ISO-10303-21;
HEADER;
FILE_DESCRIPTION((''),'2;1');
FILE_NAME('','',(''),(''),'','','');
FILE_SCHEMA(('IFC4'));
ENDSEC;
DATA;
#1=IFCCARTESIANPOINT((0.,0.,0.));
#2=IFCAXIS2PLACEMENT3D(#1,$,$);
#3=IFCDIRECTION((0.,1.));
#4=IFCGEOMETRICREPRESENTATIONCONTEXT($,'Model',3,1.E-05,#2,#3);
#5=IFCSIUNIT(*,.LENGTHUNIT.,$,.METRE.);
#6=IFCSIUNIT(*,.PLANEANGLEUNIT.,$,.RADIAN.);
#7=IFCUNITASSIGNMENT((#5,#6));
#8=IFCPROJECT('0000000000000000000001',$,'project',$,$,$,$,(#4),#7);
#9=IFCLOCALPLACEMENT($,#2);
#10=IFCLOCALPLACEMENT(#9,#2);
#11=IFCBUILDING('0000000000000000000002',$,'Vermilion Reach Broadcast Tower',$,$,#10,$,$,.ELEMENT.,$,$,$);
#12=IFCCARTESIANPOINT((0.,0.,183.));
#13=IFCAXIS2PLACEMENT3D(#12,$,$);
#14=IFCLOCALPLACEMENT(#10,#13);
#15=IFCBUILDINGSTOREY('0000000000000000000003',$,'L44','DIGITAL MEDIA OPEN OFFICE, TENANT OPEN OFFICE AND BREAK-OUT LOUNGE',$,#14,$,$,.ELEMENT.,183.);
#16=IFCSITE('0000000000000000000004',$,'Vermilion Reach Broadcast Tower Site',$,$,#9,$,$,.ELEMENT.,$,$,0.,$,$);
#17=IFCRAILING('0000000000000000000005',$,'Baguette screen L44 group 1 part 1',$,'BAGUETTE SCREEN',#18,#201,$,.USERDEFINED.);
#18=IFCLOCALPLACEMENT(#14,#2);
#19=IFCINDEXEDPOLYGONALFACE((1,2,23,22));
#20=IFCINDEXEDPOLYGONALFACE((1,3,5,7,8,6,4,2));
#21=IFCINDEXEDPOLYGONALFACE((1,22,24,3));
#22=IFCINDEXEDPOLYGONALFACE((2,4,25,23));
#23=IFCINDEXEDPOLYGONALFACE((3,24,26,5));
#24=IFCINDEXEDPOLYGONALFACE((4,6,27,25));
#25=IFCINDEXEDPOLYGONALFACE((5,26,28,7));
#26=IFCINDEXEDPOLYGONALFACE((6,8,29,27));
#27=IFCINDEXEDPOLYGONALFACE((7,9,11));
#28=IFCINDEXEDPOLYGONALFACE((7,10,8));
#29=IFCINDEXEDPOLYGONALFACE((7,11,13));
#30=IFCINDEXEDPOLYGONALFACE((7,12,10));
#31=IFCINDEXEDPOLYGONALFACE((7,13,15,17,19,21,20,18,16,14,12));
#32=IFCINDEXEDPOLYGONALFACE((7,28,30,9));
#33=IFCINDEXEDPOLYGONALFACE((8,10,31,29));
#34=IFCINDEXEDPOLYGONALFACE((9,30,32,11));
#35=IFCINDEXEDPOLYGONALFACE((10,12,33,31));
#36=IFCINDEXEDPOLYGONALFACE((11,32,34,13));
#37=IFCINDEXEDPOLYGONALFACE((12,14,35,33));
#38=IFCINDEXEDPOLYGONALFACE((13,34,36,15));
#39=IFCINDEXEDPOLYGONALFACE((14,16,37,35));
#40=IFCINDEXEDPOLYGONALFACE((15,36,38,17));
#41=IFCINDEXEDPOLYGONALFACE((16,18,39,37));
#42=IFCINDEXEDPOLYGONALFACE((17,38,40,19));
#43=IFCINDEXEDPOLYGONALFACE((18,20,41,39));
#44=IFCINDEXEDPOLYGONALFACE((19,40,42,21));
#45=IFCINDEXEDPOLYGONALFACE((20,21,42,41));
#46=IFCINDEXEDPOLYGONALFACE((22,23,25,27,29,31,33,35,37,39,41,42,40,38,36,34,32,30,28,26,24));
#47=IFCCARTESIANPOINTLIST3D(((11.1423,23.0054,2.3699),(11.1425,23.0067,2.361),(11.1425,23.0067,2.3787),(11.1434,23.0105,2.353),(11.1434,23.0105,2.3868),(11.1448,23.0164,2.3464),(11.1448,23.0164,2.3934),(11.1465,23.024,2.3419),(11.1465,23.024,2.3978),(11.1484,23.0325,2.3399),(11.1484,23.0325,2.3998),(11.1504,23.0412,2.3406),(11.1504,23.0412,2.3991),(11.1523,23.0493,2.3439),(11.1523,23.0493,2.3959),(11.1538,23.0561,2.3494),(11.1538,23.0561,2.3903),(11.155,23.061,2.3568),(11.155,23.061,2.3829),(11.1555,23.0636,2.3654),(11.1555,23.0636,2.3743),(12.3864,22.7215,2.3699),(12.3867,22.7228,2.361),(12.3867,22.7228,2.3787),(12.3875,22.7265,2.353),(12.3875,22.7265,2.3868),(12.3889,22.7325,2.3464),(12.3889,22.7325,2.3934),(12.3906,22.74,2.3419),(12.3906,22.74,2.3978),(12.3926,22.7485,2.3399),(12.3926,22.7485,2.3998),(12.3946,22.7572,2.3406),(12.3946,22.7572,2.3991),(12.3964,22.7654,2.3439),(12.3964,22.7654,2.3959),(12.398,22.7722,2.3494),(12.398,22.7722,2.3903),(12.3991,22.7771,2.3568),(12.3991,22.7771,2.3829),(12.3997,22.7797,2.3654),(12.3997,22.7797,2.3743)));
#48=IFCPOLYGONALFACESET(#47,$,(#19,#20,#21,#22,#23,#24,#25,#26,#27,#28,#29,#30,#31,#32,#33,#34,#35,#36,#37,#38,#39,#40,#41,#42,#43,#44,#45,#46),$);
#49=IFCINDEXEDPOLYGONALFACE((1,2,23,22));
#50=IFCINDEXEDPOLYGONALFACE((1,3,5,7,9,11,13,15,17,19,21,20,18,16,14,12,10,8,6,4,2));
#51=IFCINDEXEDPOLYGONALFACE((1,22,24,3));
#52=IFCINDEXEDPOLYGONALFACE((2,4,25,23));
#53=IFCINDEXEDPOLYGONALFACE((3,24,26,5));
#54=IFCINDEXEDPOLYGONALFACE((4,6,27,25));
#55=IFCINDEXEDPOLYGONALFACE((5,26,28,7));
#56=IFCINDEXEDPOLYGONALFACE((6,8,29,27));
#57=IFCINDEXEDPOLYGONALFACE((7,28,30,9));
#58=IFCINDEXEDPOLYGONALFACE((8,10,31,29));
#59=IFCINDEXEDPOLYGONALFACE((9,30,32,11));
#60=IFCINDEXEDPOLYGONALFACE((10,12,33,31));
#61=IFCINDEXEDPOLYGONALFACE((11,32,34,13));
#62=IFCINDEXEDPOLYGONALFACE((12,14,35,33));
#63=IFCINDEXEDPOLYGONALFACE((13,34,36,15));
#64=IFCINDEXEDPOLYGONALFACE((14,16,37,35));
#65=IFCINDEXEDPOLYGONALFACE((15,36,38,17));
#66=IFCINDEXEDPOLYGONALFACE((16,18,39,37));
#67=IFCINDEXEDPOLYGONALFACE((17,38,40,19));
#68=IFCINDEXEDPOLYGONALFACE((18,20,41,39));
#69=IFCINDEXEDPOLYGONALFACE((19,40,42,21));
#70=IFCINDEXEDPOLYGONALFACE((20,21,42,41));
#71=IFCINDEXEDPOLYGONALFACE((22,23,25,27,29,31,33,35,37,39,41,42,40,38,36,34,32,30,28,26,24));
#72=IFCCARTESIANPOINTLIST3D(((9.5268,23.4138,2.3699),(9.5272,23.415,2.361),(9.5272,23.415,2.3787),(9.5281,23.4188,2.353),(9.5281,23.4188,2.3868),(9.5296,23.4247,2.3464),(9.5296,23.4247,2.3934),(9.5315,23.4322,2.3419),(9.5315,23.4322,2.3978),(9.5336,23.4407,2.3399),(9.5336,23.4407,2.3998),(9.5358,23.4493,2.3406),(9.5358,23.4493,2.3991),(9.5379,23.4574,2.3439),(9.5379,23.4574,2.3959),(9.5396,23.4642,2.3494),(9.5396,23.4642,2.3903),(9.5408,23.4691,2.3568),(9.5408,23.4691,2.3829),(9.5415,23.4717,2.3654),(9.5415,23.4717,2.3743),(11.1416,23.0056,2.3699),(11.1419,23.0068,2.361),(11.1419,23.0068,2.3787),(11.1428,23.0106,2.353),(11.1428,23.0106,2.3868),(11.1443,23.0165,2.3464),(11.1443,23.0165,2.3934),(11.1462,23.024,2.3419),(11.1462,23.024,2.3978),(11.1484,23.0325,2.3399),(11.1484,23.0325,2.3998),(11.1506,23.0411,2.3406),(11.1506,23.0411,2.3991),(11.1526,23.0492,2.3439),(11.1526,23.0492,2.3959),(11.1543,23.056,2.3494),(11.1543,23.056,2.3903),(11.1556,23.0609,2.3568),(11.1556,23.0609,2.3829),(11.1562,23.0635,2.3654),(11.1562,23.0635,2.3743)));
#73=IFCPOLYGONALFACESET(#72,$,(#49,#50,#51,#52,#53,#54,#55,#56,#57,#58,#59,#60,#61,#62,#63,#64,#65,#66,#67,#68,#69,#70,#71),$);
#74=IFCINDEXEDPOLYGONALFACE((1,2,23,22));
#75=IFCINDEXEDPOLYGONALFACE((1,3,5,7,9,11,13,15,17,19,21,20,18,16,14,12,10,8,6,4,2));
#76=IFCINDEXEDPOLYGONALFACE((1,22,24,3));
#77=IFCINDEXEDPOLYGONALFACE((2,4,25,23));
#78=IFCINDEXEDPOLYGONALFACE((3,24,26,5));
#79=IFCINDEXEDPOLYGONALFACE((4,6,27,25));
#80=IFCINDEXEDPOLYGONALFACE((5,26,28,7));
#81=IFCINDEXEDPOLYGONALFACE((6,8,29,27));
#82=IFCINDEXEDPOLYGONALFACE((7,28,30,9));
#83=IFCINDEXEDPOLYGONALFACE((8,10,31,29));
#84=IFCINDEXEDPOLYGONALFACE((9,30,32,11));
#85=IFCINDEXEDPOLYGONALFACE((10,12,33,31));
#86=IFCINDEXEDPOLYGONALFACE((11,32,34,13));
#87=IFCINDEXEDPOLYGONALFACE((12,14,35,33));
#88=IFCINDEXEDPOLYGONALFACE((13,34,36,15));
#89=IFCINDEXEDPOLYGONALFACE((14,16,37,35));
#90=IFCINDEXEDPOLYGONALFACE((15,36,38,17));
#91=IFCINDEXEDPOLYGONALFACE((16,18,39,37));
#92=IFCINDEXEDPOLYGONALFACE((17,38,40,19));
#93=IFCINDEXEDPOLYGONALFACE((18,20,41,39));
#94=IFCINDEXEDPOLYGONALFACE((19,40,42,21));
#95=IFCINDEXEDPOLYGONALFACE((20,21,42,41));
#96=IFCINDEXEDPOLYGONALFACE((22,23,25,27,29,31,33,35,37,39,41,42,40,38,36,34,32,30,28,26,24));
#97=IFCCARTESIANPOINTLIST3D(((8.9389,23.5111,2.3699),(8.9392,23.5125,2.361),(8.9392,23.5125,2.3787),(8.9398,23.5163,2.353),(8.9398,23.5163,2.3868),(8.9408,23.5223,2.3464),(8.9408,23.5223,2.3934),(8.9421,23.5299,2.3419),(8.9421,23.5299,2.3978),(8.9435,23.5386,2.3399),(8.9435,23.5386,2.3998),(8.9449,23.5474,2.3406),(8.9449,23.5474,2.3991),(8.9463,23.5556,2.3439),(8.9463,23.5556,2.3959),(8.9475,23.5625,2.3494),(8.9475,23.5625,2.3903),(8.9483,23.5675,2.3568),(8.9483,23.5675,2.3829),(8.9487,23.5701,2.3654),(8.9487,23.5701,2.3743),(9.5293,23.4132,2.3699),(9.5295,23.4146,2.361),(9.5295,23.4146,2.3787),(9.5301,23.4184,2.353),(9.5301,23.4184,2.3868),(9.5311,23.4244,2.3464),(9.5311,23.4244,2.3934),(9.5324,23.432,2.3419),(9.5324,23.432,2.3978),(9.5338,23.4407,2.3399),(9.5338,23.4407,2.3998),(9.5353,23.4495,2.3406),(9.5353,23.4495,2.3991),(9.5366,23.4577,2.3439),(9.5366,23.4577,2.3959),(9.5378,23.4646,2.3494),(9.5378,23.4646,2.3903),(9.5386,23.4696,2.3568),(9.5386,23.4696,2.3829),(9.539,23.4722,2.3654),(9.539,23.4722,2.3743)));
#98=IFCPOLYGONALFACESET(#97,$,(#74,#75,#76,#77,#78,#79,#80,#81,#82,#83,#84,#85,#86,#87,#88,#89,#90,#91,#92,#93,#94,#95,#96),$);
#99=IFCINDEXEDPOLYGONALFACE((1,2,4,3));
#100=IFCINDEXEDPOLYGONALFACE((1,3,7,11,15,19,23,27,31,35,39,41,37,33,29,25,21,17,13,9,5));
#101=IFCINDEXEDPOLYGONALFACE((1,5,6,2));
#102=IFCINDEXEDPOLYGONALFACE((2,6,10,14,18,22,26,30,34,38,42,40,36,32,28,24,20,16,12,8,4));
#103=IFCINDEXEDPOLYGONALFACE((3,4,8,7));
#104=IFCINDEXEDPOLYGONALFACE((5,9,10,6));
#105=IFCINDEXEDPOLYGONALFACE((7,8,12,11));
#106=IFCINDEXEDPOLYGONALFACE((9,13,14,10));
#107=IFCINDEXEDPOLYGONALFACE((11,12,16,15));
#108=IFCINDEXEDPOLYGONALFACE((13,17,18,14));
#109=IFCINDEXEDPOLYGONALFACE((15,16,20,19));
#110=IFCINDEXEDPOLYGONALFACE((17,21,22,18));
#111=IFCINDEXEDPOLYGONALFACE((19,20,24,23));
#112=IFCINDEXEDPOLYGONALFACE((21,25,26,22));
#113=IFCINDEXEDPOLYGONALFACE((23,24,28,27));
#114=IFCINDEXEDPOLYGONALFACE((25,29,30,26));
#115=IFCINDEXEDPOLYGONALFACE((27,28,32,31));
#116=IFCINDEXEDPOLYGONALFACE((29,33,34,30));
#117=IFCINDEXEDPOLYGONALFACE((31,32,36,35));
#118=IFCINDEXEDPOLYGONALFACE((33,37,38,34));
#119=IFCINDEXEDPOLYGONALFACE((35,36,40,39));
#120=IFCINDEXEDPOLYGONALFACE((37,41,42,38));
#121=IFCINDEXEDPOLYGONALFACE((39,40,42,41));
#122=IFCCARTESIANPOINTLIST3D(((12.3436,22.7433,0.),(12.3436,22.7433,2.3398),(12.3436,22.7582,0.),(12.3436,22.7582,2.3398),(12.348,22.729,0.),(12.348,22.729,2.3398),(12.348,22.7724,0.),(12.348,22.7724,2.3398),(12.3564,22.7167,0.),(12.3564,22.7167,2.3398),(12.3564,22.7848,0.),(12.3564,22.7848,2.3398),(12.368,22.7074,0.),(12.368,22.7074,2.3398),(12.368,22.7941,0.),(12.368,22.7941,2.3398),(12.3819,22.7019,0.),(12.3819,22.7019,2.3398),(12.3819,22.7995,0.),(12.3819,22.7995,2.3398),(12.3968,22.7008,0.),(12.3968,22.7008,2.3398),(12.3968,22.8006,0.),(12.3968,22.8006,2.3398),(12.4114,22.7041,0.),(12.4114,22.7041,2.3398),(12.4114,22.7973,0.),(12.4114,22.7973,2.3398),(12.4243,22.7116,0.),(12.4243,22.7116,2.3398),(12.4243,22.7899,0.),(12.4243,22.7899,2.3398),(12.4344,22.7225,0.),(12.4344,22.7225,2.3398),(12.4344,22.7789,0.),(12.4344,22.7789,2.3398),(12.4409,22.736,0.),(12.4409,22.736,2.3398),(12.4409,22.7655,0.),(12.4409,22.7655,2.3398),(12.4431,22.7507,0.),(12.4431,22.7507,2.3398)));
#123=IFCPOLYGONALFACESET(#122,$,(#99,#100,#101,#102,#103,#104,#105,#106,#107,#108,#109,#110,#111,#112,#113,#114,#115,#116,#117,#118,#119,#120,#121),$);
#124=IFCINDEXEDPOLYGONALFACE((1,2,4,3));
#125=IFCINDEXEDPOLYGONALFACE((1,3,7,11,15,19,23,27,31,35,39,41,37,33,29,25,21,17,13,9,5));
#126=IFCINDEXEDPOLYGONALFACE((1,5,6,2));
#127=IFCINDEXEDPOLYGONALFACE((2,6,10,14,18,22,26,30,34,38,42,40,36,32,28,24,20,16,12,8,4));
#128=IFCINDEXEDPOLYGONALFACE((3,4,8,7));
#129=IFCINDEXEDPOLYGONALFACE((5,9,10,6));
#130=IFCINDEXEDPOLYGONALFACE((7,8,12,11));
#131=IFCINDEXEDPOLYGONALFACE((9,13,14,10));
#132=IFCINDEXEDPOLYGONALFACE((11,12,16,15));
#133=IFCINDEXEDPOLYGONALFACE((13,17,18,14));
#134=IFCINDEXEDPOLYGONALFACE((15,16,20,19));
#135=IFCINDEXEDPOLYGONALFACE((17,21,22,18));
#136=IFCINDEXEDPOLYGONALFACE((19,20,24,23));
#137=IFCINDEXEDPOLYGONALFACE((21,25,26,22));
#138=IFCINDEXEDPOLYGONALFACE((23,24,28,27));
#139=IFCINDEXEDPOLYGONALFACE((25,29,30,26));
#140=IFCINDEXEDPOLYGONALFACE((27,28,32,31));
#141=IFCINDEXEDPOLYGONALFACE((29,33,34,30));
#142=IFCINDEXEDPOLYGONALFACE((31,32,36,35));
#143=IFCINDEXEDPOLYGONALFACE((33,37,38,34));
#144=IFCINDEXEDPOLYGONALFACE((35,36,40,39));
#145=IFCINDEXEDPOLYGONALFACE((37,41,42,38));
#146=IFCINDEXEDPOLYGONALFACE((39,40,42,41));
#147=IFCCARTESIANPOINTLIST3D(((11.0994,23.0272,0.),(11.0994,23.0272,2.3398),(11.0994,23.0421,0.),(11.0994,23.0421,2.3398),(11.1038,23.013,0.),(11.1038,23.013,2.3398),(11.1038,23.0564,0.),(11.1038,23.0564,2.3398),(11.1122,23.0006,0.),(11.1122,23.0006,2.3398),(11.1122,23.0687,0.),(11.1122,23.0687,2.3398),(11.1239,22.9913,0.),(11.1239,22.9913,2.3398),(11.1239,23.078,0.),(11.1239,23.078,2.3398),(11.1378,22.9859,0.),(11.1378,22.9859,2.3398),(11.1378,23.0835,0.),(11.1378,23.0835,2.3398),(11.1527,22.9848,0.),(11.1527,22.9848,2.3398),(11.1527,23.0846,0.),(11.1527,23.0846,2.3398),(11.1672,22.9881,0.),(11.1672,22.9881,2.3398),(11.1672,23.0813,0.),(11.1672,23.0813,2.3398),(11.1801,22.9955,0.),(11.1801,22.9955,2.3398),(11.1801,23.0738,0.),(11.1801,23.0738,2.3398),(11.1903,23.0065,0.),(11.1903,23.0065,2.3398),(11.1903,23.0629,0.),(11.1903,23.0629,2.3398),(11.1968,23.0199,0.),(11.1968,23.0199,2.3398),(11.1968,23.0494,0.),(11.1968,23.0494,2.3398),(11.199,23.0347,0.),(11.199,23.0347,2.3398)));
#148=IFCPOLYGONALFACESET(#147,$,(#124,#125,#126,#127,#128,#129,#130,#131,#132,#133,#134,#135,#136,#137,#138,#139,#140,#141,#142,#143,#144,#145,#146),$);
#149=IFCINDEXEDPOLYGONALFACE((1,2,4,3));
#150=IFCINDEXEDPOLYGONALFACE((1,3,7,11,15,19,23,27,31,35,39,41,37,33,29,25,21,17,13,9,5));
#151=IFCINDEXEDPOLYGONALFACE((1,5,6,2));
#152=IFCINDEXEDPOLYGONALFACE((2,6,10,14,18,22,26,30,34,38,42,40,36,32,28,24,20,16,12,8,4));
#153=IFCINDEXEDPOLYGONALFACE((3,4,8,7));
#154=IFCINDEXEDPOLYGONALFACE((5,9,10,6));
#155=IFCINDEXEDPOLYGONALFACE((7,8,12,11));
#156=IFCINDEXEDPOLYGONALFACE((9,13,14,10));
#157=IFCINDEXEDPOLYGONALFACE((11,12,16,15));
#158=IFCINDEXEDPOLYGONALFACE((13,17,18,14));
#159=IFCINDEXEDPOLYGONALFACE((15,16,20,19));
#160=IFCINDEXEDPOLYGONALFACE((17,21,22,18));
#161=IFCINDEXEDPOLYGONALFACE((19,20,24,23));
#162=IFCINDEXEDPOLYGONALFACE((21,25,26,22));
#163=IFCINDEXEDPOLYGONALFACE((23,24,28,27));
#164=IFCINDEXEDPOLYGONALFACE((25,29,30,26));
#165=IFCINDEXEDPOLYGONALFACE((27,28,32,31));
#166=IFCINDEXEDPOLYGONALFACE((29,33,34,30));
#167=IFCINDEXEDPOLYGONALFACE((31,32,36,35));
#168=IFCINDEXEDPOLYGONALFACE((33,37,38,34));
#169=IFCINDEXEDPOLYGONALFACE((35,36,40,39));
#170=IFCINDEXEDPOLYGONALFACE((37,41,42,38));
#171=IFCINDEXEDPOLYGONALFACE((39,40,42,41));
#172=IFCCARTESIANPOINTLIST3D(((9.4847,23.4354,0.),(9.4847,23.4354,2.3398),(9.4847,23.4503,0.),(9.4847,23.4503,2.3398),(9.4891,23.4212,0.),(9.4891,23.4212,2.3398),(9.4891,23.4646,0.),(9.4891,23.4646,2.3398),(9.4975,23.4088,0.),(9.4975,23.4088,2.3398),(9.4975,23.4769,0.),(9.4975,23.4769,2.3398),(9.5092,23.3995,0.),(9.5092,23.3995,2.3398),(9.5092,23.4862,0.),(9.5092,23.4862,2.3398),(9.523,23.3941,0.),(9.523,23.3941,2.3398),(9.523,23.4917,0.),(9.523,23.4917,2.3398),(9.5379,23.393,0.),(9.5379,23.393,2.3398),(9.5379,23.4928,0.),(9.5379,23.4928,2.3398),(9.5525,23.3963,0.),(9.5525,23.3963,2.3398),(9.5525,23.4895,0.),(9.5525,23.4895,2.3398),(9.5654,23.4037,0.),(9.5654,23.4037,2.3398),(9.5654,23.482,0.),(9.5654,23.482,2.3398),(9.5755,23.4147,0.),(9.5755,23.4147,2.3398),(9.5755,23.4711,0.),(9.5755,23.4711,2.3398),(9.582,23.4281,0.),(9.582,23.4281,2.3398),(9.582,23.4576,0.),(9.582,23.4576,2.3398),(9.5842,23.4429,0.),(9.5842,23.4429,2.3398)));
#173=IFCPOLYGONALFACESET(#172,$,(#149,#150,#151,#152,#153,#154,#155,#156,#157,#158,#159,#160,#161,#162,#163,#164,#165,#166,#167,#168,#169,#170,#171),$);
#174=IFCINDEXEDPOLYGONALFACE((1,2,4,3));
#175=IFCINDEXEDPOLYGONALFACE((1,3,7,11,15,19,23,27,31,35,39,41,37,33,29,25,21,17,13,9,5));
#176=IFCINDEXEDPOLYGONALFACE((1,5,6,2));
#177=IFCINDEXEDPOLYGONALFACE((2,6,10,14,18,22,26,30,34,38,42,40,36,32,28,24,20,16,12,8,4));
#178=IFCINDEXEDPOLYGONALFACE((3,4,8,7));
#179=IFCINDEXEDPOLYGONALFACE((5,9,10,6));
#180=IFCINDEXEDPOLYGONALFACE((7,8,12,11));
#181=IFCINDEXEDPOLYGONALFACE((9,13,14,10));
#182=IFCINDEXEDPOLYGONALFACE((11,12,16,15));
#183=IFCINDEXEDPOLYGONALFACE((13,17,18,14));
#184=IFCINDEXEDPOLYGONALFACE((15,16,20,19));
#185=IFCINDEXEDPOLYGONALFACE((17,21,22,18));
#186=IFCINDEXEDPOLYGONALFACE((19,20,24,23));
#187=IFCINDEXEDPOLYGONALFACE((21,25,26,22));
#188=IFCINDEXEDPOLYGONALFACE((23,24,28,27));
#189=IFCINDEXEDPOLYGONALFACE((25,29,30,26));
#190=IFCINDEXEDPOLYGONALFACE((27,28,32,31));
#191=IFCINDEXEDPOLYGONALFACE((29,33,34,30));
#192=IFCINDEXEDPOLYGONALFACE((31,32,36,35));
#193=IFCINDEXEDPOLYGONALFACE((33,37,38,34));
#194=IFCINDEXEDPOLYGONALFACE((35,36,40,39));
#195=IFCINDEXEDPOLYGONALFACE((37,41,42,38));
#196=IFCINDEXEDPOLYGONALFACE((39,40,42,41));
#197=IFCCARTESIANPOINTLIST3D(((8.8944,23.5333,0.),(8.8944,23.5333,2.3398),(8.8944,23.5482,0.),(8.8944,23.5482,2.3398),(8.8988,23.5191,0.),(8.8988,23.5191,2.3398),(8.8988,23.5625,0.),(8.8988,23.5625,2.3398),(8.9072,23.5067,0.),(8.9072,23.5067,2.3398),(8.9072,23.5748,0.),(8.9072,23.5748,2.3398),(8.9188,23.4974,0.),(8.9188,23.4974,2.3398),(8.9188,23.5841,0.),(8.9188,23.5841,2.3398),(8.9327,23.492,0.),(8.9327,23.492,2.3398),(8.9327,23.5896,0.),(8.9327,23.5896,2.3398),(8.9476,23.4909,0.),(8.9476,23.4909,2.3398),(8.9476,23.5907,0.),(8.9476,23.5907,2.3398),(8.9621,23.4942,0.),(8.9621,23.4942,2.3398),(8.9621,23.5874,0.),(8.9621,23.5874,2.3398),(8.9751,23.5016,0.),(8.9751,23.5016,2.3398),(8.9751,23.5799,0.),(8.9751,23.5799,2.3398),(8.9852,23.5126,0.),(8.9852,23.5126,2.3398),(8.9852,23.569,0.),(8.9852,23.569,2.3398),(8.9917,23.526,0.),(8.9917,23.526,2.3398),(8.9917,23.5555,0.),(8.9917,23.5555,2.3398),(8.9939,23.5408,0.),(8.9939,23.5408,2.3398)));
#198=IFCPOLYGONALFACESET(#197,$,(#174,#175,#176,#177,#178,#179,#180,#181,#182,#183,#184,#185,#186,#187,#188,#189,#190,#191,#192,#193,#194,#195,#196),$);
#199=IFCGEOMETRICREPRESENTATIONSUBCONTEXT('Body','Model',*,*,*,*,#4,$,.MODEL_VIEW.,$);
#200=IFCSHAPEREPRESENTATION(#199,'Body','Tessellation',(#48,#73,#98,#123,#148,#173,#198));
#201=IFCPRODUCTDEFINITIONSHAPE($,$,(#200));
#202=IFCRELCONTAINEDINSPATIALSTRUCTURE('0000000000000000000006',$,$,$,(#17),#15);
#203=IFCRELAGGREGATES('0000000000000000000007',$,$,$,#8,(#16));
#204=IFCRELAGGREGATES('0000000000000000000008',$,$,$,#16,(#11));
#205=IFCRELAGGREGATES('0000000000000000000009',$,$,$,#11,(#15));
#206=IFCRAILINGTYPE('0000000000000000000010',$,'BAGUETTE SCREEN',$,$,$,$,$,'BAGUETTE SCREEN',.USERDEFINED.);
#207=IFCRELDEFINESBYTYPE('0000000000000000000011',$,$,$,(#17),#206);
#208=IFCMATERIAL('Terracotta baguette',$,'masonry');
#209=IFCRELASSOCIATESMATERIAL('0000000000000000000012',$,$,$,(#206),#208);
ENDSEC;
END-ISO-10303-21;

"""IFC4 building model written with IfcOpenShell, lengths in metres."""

from ifc_helpers import new_model, si_unit, direction, frame, origin, origin_2d, place, context, subcontext, project, spatial, circle, extrude, material, type_object, element, save


model = new_model("IFC4")

# Units and contexts
model_context = context("Model", 3, precision=1e-05, world=origin(), true_north=direction((0.0, 1.0)))
body_context = subcontext(model_context, "Body", "Model", "MODEL_VIEW")
ifc_project = project(units=[si_unit("LENGTHUNIT", "METRE"), si_unit("PLANEANGLEUNIT", "RADIAN")], contexts=[model_context])

# Site, building, storey
site_placement = place(None, origin())
site = spatial("IfcSite", under=ifc_project, at=site_placement, Name="Vermilion Reach Broadcast Tower Site", CompositionType="ELEMENT", RefElevation=0.0)
building_placement = place(site_placement, origin())
building = spatial("IfcBuilding", under=site, at=building_placement, Name="Vermilion Reach Broadcast Tower", CompositionType="ELEMENT")
storey_placement = place(building_placement, frame((0.0, 0.0, 183.0)))
storey = spatial("IfcBuildingStorey", under=building, at=storey_placement, Name="L44", Description="DIGITAL MEDIA OPEN OFFICE, TENANT OPEN OFFICE AND BREAK-OUT LOUNGE", CompositionType="ELEMENT", Elevation=183.0)

# Railing
ifc_material_1 = material(Name="Terracotta baguette", Category="masonry")
railing_type_1 = type_object("IfcRailingType", Name="BAGUETTE SCREEN", ElementType="BAGUETTE SCREEN", PredefinedType="USERDEFINED", material=ifc_material_1)
railing_1_placement = place(storey_placement, frame((12.3931, 22.7507, 0.0)))
element("IfcRailing", 1, at=railing_1_placement, inside=storey, type_object=railing_type_1, Name="Baguette screen L44 group 1 part 1", ObjectType="BAGUETTE SCREEN", PredefinedType="USERDEFINED", context=body_context, shape_type="SweptSolid", body=[
    extrude(circle(Radius=0.03, at=origin_2d()), frame((0.0, 0.0, 2.3699), z_axis=(-0.974933, 0.222498, 0.0), x_axis=(-0.222498, -0.974933, 0.0)), (0.0, 0.0, 1.0), 1.2761),
    extrude(circle(Radius=0.03, at=origin_2d()), frame((-1.2441, 0.2839, 2.3699), z_axis=(-0.969501, 0.245087, 0.0), x_axis=(-0.245087, -0.969501, 0.0)), (0.0, 0.0, 1.0), 1.6655),
    extrude(circle(Radius=0.03, at=origin_2d()), frame((-2.8589, 0.6921, 2.3699), z_axis=(-0.986526, 0.163605, 0.0), x_axis=(-0.163605, -0.986526, 0.0)), (0.0, 0.0, 1.0), 0.5984),
    extrude(circle(Radius=0.05, at=origin_2d()), origin(), (0.0, 0.0, 1.0), 2.3398),
    extrude(circle(Radius=0.05, at=origin_2d()), frame((-1.2441, 0.2839, 0.0)), (0.0, 0.0, 1.0), 2.3398),
    extrude(circle(Radius=0.05, at=origin_2d()), frame((-2.8589, 0.6921, 0.0)), (0.0, 0.0, 1.0), 2.3398),
    extrude(circle(Radius=0.05, at=origin_2d()), frame((-3.4492, 0.79, 0.0)), (0.0, 0.0, 1.0), 2.3398),
])

save(model, "model.ifc")
